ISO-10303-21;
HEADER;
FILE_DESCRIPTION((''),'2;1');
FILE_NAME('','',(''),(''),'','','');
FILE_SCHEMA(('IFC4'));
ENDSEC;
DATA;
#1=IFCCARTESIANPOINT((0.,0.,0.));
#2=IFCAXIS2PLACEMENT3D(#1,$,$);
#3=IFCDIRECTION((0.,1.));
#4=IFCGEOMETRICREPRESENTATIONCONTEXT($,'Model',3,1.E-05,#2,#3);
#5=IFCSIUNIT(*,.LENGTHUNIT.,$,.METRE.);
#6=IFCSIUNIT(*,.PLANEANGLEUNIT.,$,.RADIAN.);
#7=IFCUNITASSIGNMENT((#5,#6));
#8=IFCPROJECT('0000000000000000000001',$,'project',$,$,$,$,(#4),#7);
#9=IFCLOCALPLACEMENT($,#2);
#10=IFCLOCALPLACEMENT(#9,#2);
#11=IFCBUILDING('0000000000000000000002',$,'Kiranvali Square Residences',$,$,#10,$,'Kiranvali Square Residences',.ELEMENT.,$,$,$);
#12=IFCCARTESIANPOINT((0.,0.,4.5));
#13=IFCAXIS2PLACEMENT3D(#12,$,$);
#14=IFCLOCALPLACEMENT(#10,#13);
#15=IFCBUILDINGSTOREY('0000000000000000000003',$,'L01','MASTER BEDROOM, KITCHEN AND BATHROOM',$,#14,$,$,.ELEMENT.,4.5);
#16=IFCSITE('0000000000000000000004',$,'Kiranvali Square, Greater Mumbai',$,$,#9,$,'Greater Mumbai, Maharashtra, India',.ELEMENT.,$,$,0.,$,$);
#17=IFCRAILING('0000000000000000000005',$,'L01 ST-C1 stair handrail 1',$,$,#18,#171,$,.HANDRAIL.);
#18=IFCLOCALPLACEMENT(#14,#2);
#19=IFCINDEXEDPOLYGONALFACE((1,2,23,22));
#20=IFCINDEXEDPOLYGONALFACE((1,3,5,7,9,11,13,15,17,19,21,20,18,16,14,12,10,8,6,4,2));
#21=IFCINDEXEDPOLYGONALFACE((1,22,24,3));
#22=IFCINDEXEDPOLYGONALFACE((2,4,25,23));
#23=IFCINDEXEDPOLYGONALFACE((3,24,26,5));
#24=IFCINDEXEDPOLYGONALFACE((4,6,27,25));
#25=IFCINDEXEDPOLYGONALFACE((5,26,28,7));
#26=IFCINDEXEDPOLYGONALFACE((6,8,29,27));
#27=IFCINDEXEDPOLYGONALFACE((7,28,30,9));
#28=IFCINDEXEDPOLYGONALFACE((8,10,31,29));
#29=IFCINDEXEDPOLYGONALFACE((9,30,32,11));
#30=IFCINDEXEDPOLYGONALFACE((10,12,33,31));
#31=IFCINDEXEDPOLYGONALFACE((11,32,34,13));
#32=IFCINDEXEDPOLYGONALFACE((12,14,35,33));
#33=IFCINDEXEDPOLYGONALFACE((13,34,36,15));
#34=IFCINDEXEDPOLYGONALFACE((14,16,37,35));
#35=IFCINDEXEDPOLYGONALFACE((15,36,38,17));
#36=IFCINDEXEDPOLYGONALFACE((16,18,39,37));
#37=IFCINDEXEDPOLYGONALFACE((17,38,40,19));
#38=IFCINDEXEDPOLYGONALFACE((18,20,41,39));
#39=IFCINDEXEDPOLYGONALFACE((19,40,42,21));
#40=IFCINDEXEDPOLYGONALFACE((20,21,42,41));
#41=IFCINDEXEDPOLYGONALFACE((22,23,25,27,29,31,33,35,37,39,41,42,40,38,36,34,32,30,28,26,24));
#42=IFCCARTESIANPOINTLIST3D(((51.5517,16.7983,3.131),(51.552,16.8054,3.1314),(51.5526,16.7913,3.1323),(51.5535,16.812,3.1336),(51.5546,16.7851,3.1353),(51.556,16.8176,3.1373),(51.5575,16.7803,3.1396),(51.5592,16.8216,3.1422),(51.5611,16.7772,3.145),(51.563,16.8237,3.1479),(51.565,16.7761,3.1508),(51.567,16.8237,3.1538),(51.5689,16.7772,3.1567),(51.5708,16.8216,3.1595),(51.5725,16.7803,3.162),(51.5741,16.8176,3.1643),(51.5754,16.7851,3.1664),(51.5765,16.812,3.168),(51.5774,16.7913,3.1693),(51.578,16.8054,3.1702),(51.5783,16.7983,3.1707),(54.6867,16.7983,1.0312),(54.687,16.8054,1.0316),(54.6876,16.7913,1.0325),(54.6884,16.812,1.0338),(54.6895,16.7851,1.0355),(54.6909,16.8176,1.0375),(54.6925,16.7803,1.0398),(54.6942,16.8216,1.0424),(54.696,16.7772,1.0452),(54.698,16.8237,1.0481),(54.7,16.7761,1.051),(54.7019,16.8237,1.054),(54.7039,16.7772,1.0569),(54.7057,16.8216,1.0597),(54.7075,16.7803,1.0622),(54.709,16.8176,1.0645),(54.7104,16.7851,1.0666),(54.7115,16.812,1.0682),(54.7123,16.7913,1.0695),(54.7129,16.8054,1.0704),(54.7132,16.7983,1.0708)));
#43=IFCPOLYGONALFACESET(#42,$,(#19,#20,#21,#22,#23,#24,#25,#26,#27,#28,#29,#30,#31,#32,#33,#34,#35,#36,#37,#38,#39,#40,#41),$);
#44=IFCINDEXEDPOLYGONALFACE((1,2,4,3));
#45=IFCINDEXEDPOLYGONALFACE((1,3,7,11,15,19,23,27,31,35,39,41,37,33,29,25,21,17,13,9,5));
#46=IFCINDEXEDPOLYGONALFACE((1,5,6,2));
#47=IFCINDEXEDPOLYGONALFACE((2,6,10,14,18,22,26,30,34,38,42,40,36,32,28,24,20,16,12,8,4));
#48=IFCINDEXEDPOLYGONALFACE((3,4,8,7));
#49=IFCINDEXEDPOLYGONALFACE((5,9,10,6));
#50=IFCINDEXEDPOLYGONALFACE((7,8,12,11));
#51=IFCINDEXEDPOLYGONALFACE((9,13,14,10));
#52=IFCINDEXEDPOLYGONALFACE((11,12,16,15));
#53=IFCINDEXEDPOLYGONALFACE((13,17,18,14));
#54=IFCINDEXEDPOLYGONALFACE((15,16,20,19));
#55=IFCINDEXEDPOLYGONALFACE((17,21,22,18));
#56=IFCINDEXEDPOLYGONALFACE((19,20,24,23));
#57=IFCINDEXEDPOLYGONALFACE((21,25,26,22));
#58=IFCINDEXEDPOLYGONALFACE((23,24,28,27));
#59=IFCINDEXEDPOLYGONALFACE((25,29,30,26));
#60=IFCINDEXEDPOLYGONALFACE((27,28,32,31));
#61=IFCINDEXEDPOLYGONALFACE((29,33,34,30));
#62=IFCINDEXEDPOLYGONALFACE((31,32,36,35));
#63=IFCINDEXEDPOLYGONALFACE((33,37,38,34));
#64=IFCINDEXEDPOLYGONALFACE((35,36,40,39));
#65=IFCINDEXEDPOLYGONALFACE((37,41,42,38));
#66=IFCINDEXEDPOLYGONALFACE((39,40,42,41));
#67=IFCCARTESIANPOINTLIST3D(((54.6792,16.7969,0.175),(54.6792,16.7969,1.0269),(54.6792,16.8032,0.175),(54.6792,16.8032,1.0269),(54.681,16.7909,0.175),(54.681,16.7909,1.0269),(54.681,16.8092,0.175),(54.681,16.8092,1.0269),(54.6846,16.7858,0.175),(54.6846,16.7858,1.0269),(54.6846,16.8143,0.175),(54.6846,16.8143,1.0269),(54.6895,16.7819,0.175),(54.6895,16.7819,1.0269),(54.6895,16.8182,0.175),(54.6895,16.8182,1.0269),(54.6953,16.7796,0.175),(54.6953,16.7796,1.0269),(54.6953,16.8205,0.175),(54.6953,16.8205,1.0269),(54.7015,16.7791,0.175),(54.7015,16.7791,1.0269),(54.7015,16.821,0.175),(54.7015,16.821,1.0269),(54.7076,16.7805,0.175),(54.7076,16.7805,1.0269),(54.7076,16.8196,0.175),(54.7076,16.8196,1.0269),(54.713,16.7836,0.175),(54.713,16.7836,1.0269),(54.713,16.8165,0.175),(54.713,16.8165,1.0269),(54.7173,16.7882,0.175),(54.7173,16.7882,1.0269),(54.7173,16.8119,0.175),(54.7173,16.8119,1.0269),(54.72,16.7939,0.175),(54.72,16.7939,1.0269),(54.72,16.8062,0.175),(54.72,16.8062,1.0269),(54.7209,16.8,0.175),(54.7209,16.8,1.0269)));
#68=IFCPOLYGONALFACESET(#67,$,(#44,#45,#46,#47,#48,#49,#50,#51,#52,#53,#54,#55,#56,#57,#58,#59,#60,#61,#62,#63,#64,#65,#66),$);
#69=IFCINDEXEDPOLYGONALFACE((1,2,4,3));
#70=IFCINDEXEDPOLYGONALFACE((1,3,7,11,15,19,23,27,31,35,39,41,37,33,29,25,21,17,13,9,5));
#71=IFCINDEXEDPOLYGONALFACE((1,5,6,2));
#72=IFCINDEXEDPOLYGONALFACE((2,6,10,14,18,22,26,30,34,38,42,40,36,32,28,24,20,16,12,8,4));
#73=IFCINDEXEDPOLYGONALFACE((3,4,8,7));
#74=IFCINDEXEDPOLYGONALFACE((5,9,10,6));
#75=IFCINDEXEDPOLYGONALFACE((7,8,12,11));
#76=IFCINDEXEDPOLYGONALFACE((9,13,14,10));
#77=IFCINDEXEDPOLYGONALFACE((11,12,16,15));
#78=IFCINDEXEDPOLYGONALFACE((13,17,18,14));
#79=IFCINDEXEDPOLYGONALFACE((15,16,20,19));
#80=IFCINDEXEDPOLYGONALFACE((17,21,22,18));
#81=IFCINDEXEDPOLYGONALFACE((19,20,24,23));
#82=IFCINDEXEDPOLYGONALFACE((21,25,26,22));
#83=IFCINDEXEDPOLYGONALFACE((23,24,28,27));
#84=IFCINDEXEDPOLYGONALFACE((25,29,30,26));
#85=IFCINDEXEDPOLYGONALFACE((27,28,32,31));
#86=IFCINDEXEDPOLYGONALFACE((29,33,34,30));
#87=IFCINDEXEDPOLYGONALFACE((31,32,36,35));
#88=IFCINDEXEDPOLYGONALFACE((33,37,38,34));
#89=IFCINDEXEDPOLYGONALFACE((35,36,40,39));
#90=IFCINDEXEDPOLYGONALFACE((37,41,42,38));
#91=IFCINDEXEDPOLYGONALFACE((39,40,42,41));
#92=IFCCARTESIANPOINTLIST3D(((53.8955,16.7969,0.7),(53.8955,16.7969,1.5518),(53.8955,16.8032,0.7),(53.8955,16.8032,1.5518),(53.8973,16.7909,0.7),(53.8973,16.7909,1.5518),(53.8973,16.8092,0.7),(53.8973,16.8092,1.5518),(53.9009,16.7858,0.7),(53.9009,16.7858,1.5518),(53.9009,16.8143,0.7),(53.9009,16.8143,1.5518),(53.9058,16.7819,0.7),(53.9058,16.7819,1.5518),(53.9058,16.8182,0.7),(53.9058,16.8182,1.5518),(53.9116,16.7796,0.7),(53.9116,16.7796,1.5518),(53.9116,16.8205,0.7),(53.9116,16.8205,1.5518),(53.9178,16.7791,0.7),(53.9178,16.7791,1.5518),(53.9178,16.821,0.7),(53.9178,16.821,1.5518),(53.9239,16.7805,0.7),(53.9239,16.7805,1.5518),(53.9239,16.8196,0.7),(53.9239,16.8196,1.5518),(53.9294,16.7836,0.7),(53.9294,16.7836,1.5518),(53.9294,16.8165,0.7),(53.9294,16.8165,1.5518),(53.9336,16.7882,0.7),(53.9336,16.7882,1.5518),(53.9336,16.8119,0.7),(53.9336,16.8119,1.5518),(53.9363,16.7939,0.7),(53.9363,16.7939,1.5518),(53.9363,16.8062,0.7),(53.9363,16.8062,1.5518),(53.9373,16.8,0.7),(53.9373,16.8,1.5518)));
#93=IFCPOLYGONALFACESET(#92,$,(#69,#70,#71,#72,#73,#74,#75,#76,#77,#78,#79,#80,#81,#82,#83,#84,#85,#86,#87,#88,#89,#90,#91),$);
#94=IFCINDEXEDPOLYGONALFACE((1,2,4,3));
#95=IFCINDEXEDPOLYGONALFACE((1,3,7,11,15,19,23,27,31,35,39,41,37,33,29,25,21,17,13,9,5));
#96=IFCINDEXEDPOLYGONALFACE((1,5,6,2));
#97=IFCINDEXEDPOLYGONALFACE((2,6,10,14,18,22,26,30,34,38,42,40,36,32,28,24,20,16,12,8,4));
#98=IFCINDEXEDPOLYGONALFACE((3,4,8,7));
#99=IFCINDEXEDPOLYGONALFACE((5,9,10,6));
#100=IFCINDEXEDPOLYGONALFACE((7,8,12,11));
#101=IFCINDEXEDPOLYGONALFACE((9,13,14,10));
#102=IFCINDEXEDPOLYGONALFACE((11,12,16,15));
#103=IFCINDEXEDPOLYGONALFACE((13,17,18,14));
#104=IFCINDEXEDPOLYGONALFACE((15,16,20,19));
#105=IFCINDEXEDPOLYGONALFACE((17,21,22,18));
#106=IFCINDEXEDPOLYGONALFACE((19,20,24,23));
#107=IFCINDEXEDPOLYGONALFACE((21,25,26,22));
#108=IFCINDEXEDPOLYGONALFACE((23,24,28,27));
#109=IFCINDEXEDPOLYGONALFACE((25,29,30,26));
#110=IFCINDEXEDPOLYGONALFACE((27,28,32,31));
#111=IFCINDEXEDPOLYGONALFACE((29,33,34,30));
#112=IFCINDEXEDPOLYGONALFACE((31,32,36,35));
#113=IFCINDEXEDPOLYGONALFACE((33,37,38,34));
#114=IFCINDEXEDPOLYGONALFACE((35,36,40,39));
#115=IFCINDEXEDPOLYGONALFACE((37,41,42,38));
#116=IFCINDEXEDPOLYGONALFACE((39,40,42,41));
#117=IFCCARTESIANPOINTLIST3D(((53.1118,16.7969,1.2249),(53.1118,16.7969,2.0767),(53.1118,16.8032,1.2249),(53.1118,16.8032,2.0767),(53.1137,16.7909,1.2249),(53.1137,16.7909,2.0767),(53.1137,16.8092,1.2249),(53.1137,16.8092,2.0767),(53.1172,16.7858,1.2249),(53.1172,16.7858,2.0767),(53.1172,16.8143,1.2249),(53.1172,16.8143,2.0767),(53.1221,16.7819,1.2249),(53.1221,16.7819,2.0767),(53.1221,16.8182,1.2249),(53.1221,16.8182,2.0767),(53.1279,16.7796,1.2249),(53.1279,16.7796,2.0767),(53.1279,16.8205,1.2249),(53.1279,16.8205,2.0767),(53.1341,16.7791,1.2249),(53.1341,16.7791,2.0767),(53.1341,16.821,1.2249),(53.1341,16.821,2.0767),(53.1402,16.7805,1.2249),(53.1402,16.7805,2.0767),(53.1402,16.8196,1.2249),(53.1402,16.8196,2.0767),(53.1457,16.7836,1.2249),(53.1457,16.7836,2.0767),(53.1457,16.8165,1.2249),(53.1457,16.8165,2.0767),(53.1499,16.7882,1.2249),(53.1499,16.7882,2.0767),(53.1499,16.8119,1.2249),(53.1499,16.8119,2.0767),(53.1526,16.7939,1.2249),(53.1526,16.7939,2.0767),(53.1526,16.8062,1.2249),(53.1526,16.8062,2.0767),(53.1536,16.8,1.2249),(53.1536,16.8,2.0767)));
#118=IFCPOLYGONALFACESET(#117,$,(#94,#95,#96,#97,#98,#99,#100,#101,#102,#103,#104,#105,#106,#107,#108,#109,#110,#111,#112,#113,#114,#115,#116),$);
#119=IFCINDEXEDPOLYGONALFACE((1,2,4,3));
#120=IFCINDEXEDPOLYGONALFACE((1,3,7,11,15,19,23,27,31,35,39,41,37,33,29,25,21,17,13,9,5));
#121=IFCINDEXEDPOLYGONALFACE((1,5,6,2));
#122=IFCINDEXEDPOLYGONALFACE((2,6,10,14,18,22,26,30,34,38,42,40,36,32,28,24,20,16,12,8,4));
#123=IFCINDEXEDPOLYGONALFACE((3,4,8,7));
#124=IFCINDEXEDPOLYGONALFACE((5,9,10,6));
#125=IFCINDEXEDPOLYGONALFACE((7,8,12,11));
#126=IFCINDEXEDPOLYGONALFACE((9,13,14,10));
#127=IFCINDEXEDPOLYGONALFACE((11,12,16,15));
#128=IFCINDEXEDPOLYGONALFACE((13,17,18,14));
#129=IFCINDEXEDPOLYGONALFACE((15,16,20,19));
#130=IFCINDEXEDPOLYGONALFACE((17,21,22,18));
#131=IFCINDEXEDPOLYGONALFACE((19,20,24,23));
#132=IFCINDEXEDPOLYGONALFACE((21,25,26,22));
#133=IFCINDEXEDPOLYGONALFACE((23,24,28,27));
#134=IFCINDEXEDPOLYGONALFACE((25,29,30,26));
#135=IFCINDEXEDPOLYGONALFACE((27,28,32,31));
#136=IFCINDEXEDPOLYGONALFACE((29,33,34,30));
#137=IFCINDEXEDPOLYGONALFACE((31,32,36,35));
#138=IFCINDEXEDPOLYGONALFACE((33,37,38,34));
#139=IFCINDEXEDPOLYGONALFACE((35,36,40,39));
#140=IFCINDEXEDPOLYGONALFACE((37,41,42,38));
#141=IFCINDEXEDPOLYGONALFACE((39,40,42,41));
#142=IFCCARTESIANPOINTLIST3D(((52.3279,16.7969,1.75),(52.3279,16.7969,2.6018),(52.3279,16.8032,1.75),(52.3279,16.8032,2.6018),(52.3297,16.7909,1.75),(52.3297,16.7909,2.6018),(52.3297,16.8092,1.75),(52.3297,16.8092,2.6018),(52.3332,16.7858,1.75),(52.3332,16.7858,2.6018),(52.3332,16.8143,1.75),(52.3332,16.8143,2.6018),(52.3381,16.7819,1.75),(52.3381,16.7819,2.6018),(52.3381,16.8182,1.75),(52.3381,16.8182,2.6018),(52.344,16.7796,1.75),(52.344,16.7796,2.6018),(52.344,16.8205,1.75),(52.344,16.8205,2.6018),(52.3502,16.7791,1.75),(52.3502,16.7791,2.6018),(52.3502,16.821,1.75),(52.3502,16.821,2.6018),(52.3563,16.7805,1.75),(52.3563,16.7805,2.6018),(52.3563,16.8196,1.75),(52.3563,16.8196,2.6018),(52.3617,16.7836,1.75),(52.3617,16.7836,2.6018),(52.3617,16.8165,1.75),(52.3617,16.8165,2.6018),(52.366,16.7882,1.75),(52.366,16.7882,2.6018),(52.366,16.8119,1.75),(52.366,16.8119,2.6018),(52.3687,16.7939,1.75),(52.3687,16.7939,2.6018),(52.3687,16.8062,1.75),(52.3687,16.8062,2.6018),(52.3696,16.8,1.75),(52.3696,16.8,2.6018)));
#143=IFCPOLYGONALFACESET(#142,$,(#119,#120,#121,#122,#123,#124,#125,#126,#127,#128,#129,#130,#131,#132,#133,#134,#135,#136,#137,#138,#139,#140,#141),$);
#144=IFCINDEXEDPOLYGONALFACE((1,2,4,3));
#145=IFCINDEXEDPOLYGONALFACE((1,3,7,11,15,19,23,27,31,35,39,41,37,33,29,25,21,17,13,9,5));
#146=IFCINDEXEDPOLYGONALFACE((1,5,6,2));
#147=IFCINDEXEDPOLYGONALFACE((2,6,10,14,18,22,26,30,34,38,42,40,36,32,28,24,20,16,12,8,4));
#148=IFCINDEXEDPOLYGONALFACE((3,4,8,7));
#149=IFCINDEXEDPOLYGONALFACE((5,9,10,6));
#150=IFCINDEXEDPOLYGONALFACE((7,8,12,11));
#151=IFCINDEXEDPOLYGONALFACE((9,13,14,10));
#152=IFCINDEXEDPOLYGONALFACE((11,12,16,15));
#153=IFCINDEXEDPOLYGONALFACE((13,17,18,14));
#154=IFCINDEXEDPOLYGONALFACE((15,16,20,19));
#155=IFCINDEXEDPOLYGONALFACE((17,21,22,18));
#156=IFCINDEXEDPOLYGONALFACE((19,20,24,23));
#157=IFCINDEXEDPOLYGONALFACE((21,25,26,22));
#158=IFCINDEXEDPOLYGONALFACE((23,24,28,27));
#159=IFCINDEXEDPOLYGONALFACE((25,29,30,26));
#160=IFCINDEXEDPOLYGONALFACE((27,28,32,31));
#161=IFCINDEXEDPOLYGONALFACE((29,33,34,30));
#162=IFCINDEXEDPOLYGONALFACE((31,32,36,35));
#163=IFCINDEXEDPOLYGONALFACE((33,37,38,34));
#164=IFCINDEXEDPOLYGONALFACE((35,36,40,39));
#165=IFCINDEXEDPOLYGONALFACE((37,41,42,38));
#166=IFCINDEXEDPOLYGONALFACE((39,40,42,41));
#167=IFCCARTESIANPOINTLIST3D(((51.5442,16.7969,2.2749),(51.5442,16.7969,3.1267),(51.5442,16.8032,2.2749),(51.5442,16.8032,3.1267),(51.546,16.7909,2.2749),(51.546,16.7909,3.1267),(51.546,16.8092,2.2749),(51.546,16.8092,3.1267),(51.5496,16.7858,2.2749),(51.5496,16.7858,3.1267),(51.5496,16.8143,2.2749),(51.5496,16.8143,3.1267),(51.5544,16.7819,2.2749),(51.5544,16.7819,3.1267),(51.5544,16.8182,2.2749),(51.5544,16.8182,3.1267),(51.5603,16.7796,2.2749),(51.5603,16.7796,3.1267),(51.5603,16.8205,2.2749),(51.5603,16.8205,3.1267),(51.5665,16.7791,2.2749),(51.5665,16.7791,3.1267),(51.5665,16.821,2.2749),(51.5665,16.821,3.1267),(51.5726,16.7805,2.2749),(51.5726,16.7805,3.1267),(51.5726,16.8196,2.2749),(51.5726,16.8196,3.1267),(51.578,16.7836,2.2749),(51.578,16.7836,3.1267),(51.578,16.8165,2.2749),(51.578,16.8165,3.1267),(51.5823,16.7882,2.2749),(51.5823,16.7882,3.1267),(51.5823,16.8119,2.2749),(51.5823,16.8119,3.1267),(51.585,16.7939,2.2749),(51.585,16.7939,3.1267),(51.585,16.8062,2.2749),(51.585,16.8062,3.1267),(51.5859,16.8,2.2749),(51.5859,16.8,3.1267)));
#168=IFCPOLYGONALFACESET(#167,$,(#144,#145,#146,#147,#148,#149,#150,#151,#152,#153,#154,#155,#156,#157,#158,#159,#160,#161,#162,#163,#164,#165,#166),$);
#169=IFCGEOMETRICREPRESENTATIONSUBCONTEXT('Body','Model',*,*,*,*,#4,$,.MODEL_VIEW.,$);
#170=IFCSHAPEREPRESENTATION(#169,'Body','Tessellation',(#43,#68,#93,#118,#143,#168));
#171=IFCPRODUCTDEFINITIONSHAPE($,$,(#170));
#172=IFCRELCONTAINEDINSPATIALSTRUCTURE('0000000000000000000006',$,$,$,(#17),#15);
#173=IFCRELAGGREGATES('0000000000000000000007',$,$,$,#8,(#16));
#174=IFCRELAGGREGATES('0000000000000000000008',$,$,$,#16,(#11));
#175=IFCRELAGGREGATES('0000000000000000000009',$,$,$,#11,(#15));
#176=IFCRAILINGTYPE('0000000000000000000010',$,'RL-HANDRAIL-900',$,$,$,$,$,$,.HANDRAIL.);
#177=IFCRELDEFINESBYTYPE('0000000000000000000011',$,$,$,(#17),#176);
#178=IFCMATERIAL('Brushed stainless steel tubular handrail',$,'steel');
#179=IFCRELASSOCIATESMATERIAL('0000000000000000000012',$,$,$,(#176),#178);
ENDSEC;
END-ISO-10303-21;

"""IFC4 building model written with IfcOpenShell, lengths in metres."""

from ifc_helpers import new_model, si_unit, direction, frame, origin, origin_2d, place, context, subcontext, project, spatial, circle, extrude, material, type_object, element, save


model = new_model("IFC4")

# Units and contexts
model_context = context("Model", 3, precision=1e-05, world=origin(), true_north=direction((0.0, 1.0)))
body_context = subcontext(model_context, "Body", "Model", "MODEL_VIEW")
ifc_project = project(units=[si_unit("LENGTHUNIT", "METRE"), si_unit("PLANEANGLEUNIT", "RADIAN")], contexts=[model_context])

# Site, building, storey
site_placement = place(None, origin())
site = spatial("IfcSite", under=ifc_project, at=site_placement, Name="Kiranvali Square, Greater Mumbai", LongName="Greater Mumbai, Maharashtra, India", CompositionType="ELEMENT", RefElevation=0.0)
building_placement = place(site_placement, origin())
building = spatial("IfcBuilding", under=site, at=building_placement, Name="Kiranvali Square Residences", LongName="Kiranvali Square Residences", CompositionType="ELEMENT")
storey_placement = place(building_placement, frame((0.0, 0.0, 4.5)))
storey = spatial("IfcBuildingStorey", under=building, at=storey_placement, Name="L01", Description="MASTER BEDROOM, KITCHEN AND BATHROOM", CompositionType="ELEMENT", Elevation=4.5)

# Railing
ifc_material_1 = material(Name="Brushed stainless steel tubular handrail", Category="steel")
railing_type = type_object("IfcRailingType", Name="RL-HANDRAIL-900", PredefinedType="HANDRAIL", material=ifc_material_1)
railing_placement = place(storey_placement, frame((54.7, 16.8, 0.175)))
element("IfcRailing", 1, at=railing_placement, inside=storey, type_object=railing_type, Name="L01 ST-C1 stair handrail 1", PredefinedType="HANDRAIL", context=body_context, shape_type="SweptSolid", body=[
    extrude(circle(Radius=0.0239, at=origin_2d()), frame((0.0, 0.0, 0.876), z_axis=(-0.830844, 0.0, 0.556506), x_axis=(0.0, -1.0, 0.0)), (0.0, 0.0, 1.0), 3.7732),
    extrude(circle(Radius=0.021, at=origin_2d()), origin(), (0.0, 0.0, 1.0), 0.8518),
    extrude(circle(Radius=0.021, at=origin_2d()), frame((-0.7837, 0.0, 0.5249)), (0.0, 0.0, 1.0), 0.8518),
    extrude(circle(Radius=0.021, at=origin_2d()), frame((-1.5674, 0.0, 1.0498)), (0.0, 0.0, 1.0), 0.8518),
    extrude(circle(Radius=0.021, at=origin_2d()), frame((-2.3513, 0.0, 1.575)), (0.0, 0.0, 1.0), 0.8518),
    extrude(circle(Radius=0.021, at=origin_2d()), frame((-3.135, 0.0, 2.0999)), (0.0, 0.0, 1.0), 0.8518),
])

save(model, "model.ifc")
